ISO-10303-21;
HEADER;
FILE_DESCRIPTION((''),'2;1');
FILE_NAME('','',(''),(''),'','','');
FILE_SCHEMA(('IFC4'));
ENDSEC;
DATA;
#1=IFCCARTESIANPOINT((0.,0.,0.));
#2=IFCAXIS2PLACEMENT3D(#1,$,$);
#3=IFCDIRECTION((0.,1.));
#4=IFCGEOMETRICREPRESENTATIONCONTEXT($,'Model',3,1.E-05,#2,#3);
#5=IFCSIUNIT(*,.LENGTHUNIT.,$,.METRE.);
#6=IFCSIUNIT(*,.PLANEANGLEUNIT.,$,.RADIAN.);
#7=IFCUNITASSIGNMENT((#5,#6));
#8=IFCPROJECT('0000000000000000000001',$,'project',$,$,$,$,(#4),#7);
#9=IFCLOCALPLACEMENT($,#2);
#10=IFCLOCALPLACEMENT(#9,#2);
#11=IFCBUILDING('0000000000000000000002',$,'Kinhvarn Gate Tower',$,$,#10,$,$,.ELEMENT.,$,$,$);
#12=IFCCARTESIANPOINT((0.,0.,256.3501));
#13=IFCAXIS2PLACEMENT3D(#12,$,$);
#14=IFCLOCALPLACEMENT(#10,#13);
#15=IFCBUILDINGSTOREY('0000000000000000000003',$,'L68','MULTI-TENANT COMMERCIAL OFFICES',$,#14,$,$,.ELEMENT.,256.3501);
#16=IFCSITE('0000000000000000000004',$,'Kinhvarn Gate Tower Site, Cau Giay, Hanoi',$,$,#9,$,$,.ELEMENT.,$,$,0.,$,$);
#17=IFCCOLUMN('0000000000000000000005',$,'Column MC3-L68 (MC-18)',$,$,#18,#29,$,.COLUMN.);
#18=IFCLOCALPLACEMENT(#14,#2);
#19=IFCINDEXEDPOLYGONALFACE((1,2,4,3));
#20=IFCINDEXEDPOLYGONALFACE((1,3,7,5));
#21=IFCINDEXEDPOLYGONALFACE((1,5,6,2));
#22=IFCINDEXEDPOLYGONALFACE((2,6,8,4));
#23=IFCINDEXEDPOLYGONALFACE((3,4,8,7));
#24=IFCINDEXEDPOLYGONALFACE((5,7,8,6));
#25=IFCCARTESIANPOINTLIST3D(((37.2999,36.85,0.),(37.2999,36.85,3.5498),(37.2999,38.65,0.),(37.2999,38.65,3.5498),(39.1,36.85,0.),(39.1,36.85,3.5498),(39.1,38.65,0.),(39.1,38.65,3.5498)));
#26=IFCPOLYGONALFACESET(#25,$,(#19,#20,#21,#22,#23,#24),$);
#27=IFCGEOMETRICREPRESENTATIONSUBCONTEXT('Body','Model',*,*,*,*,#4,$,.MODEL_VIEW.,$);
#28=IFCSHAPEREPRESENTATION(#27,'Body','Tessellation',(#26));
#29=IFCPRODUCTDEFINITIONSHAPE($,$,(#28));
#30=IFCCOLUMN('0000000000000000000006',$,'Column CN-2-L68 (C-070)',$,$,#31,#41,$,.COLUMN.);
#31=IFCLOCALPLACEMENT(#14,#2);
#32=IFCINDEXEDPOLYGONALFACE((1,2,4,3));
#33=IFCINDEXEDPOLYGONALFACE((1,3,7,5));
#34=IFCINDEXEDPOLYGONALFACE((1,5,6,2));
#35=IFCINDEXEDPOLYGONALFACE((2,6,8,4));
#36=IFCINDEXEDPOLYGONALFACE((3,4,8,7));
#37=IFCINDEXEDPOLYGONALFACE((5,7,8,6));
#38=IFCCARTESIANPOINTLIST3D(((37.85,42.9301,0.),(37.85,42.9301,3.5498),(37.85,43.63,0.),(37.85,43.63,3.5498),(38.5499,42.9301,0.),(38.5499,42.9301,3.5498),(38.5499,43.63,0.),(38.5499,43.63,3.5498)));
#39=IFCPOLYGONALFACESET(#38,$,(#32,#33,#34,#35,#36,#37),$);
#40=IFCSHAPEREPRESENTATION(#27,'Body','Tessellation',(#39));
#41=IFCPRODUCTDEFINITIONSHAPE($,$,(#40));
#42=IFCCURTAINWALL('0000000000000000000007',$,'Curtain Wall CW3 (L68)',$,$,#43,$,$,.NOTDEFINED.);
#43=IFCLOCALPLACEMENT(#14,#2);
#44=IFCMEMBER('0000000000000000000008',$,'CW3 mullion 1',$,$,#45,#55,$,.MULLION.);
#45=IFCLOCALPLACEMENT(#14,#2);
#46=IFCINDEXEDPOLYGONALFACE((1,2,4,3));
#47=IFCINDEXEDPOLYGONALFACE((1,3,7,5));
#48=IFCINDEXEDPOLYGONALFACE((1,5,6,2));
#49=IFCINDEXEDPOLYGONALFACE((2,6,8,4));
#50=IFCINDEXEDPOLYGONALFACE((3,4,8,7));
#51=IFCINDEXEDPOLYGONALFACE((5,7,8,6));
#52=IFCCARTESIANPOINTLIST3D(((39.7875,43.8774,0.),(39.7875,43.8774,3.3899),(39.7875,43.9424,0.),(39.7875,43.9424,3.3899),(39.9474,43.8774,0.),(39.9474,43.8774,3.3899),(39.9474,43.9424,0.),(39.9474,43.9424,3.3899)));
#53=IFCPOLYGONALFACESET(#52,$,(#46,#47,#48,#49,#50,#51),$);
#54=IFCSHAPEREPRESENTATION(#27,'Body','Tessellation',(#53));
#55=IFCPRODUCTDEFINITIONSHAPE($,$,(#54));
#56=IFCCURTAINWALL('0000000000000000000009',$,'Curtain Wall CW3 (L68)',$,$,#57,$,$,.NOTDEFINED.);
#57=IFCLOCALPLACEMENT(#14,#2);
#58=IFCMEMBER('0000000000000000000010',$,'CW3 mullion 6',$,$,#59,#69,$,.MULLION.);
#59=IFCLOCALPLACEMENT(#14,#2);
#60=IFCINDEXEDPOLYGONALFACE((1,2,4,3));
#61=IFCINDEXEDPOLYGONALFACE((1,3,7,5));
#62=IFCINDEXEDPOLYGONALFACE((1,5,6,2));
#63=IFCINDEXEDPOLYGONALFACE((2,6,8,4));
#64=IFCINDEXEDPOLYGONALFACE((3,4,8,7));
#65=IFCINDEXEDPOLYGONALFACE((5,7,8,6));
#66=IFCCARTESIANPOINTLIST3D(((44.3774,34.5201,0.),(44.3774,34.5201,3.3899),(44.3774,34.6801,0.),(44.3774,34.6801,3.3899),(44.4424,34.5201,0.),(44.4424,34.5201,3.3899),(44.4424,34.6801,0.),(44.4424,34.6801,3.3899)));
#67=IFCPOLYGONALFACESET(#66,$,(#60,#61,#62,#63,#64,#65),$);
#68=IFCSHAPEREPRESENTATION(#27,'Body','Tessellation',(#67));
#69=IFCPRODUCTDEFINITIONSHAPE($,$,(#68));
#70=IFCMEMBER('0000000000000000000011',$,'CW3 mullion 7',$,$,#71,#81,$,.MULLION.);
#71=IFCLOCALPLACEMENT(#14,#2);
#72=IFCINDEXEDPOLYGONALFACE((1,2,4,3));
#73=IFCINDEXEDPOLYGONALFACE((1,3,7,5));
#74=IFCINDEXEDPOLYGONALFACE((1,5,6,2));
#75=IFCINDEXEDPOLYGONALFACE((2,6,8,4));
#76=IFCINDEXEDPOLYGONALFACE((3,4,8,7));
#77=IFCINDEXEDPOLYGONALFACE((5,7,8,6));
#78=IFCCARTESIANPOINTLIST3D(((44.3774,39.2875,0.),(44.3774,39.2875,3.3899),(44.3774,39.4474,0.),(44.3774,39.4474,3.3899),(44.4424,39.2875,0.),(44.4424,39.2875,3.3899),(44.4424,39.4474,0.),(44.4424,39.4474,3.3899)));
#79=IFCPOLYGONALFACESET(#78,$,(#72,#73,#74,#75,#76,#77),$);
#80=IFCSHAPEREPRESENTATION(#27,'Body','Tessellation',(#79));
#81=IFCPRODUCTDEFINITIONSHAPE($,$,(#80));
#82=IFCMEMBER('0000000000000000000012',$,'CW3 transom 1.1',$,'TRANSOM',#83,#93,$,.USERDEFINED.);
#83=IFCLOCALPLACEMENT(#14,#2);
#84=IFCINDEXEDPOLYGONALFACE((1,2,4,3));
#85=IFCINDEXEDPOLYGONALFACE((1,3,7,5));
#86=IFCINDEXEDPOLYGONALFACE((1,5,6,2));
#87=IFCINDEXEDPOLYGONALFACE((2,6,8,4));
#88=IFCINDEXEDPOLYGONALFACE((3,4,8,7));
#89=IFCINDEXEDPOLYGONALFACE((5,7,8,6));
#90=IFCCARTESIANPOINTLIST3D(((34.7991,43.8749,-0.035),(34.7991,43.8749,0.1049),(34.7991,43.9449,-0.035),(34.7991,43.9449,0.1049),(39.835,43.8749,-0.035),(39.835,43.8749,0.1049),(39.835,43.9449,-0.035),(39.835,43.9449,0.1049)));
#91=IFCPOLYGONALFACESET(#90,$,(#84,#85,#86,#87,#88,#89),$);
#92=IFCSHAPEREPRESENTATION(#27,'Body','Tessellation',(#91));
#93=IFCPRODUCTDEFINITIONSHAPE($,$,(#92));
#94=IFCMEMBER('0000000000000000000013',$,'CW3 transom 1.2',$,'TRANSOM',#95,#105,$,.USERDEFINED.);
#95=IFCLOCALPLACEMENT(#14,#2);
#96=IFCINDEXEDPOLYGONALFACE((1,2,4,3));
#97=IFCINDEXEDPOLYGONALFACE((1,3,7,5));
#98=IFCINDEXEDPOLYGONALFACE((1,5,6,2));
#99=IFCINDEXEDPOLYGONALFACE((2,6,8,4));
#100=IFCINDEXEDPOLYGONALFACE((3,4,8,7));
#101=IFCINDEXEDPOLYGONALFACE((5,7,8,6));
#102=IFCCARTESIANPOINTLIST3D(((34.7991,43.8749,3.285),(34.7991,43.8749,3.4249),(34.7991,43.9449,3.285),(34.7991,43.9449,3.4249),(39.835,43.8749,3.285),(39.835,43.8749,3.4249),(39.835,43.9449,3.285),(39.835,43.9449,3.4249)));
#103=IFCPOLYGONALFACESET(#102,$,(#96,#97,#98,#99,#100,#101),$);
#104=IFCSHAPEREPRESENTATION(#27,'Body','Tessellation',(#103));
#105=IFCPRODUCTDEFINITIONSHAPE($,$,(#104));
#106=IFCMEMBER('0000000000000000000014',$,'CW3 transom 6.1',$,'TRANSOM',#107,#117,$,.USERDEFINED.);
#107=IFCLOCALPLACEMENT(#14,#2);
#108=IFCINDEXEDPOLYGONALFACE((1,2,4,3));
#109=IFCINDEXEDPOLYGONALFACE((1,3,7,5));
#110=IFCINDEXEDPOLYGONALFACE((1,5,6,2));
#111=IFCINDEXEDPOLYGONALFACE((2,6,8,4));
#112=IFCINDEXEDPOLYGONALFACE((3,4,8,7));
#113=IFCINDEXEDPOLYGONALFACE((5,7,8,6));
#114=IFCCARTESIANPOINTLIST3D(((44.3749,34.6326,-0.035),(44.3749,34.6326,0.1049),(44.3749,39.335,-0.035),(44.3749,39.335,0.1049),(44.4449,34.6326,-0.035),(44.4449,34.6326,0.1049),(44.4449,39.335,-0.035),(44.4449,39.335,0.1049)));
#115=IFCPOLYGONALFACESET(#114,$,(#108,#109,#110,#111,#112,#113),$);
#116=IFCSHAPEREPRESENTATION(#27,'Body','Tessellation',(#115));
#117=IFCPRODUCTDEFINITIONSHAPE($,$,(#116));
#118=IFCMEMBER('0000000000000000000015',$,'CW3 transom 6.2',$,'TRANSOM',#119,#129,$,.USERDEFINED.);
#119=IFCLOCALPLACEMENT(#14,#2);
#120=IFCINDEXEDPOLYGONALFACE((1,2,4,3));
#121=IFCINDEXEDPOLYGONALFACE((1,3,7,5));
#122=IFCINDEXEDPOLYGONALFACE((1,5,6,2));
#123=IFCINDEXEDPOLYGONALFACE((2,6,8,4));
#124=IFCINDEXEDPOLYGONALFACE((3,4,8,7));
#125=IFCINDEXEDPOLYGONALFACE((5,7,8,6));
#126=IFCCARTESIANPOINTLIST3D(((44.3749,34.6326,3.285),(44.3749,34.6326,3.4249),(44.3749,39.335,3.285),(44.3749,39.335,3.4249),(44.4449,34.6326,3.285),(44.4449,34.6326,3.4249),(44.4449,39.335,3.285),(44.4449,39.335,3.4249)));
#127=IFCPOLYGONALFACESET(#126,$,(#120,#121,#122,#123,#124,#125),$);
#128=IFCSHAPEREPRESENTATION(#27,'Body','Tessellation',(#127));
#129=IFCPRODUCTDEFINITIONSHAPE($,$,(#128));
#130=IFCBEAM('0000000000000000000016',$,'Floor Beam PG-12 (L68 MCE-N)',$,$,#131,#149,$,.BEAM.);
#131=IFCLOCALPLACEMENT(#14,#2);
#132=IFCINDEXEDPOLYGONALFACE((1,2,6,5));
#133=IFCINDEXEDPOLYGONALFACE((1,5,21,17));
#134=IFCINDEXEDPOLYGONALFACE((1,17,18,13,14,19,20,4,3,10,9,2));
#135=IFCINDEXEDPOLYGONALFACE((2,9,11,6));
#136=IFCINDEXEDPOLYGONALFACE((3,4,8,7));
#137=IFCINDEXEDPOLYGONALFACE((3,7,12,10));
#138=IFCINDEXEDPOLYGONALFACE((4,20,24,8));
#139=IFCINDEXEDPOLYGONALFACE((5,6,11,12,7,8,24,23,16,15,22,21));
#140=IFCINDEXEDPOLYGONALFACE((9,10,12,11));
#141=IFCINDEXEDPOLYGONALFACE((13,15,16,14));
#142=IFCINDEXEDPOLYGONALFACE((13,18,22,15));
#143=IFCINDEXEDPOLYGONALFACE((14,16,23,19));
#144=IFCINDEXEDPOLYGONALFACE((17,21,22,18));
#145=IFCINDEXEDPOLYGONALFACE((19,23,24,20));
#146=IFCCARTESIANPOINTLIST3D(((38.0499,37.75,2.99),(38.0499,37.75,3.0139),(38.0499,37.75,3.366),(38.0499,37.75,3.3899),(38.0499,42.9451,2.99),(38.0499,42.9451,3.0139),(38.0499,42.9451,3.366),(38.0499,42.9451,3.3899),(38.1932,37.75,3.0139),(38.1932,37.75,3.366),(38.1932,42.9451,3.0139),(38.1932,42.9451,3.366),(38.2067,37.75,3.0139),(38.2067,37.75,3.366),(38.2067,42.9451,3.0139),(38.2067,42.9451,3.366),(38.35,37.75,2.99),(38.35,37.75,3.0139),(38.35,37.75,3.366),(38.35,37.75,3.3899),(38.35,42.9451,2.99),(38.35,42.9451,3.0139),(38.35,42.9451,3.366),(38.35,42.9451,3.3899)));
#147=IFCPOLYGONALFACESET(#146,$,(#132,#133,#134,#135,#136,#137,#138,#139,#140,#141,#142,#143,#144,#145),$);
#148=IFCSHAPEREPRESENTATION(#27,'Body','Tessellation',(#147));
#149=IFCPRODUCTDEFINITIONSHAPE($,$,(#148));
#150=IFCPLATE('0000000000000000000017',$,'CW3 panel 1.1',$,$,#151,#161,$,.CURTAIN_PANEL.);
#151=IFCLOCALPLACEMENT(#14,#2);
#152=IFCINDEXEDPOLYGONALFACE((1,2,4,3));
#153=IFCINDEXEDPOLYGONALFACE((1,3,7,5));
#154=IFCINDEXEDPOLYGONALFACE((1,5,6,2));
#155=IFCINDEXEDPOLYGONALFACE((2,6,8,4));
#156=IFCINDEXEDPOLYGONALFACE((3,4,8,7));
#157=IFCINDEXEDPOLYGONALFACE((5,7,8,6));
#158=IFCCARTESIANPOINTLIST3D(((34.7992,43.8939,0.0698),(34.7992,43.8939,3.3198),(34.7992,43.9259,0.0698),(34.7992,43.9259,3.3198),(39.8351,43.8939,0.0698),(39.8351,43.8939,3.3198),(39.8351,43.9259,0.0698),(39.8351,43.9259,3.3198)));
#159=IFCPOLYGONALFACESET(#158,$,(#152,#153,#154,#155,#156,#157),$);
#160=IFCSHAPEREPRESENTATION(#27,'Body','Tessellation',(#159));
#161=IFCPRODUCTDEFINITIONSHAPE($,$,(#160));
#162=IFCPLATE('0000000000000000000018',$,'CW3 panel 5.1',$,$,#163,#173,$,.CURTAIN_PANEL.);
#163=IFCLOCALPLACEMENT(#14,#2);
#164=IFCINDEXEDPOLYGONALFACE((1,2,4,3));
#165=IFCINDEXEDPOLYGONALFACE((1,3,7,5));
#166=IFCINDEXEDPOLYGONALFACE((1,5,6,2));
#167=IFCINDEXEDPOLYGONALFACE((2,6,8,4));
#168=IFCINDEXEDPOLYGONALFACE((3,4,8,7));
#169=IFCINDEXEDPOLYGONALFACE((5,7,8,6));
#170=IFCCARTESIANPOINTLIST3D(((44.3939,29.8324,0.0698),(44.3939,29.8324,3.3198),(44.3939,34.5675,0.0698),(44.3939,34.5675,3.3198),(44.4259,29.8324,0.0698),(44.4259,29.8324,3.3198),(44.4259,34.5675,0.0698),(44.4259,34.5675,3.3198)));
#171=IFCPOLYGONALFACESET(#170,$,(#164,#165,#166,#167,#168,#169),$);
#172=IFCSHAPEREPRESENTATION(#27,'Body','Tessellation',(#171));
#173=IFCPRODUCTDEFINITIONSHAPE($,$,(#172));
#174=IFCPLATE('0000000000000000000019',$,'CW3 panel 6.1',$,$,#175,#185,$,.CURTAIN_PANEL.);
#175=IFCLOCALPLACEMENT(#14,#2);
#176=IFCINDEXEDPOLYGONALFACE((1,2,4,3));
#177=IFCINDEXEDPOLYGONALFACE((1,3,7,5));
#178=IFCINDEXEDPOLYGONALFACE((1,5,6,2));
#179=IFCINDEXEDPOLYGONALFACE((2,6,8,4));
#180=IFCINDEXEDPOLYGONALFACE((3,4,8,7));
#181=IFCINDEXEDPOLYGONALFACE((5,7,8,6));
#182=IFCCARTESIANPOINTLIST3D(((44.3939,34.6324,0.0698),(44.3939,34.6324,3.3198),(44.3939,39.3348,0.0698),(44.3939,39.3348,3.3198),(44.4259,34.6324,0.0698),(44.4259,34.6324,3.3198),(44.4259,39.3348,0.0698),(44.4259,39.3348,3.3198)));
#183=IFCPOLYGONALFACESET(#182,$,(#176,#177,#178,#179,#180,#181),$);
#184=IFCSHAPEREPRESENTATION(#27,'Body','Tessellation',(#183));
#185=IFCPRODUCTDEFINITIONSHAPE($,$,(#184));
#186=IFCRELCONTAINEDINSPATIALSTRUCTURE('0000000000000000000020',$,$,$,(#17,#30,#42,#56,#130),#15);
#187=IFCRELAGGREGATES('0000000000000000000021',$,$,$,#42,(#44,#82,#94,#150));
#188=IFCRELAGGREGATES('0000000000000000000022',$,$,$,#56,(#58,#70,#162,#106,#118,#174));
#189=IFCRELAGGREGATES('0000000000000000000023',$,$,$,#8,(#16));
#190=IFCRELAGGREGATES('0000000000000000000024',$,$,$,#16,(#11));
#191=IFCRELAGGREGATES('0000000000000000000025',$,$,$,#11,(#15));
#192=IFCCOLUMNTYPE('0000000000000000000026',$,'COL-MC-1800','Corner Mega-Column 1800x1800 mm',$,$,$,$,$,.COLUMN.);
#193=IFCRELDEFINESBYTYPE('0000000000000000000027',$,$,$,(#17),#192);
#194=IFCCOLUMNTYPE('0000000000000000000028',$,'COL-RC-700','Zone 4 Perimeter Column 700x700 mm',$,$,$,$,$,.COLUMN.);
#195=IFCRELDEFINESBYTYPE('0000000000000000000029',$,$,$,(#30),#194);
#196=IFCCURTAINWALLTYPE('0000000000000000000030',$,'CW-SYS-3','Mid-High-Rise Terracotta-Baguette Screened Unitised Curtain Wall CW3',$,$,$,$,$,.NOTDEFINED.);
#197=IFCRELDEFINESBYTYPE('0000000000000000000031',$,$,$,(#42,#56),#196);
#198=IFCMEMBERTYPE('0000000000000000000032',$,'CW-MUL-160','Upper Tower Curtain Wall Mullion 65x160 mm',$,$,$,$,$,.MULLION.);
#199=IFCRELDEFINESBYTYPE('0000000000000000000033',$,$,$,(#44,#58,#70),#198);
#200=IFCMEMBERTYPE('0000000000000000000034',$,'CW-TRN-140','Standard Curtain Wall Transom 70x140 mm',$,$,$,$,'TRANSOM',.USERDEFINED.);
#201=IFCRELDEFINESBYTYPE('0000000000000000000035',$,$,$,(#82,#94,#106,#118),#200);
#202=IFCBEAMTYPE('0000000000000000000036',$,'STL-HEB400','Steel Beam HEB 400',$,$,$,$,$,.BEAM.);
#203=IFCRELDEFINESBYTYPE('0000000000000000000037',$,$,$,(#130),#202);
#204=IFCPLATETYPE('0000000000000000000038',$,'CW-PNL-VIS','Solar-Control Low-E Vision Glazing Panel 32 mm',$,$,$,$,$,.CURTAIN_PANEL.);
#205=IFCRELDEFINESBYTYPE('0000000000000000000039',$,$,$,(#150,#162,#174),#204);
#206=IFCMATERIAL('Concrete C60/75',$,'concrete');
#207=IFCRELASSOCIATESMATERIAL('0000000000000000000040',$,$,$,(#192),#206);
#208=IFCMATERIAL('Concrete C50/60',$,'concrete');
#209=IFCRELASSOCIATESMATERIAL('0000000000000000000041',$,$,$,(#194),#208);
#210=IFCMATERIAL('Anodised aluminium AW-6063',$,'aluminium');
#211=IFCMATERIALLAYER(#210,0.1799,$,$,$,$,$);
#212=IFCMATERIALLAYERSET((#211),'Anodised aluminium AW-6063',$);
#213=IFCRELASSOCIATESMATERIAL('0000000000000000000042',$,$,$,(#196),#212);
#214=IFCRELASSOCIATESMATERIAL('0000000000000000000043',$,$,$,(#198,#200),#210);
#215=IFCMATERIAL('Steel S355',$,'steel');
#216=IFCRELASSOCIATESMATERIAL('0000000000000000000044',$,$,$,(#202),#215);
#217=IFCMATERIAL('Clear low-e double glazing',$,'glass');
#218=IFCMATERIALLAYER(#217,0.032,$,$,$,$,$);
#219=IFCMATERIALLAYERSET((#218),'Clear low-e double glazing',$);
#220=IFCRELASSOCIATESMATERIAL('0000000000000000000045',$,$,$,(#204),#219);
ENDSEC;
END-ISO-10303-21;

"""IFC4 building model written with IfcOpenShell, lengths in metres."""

from ifc_helpers import new_model, si_unit, direction, frame, origin, origin_2d, place, context, subcontext, project, spatial, rectangle, i_section, extrude, material, layer, layer_set, material_profile, profile_set, type_object, element, aggregate, save


model = new_model("IFC4")

# Units and contexts
model_context = context("Model", 3, precision=1e-05, world=origin(), true_north=direction((0.0, 1.0)))
body_context = subcontext(model_context, "Body", "Model", "MODEL_VIEW")
ifc_project = project(units=[si_unit("LENGTHUNIT", "METRE"), si_unit("PLANEANGLEUNIT", "RADIAN")], contexts=[model_context])

# Site, building, storey
site_placement = place(None, origin())
site = spatial("IfcSite", under=ifc_project, at=site_placement, Name="Kinhvarn Gate Tower Site, Cau Giay, Hanoi", CompositionType="ELEMENT", RefElevation=0.0)
building_placement = place(site_placement, origin())
building = spatial("IfcBuilding", under=site, at=building_placement, Name="Kinhvarn Gate Tower", CompositionType="ELEMENT")
storey_placement = place(building_placement, frame((0.0, 0.0, 256.3501)))
storey = spatial("IfcBuildingStorey", under=building, at=storey_placement, Name="L68", Description="MULTI-TENANT COMMERCIAL OFFICES", CompositionType="ELEMENT", Elevation=256.3501)

# Columns
ifc_material_1 = material(Name="Concrete C60/75", Category="concrete")
ifc_material_profile_1 = material_profile(ifc_material_1, rectangle(XDim=1.8, YDim=1.8, at=origin_2d()), Name="RC 1800x1800")
ifc_profile_set_1 = profile_set([ifc_material_profile_1], Name="Concrete C60/75")
column_type_1 = type_object("IfcColumnType", Name="COL-MC-1800", Description="Corner Mega-Column 1800x1800 mm", PredefinedType="COLUMN", material=ifc_profile_set_1)
column_1_placement = place(storey_placement, frame((38.2, 37.75, 0.0), z_axis=(0.0, 0.0, 1.0), x_axis=(1.0, 0.0, 0.0)))
element("IfcColumn", 1, at=column_1_placement, inside=storey, type_object=column_type_1, Name="Column MC3-L68 (MC-18)", PredefinedType="COLUMN", context=body_context, shape_type="SweptSolid", body=[
    extrude(rectangle(XDim=1.8, YDim=1.8, at=origin_2d()), origin(), (0.0, 0.0, 1.0), 3.5498),
])
ifc_material_2 = material(Name="Concrete C50/60", Category="concrete")
ifc_material_profile_2 = material_profile(ifc_material_2, rectangle(XDim=0.7, YDim=0.7, at=origin_2d()), Name="RC 700x700")
ifc_profile_set_2 = profile_set([ifc_material_profile_2], Name="Concrete C50/60")
column_type_2 = type_object("IfcColumnType", Name="COL-RC-700", Description="Zone 4 Perimeter Column 700x700 mm", PredefinedType="COLUMN", material=ifc_profile_set_2)
column_2_placement = place(storey_placement, frame((38.2, 43.28, 0.0), z_axis=(0.0, 0.0, 1.0), x_axis=(1.0, 0.0, 0.0)))
element("IfcColumn", 2, at=column_2_placement, inside=storey, type_object=column_type_2, Name="Column CN-2-L68 (C-070)", PredefinedType="COLUMN", context=body_context, shape_type="SweptSolid", body=[
    extrude(rectangle(XDim=0.7, YDim=0.7, at=origin_2d()), origin(), (0.0, 0.0, 1.0), 3.5498),
])

# Curtain wall, member
ifc_material_3 = material(Name="Anodised aluminium AW-6063", Category="aluminium")
ifc_layer_1 = layer(ifc_material_3, 0.1799)
ifc_layer_set_1 = layer_set([ifc_layer_1], Name="Anodised aluminium AW-6063")
curtain_wall_type = type_object("IfcCurtainWallType", Name="CW-SYS-3", Description="Mid-High-Rise Terracotta-Baguette Screened Unitised Curtain Wall CW3", PredefinedType="NOTDEFINED", material=ifc_layer_set_1)
curtain_wall_1_placement = place(storey_placement, origin())
curtain_wall_1 = element("IfcCurtainWall", 3, at=curtain_wall_1_placement, inside=storey, type_object=curtain_wall_type, Name="Curtain Wall CW3 (L68)", PredefinedType="NOTDEFINED")
ifc_material_profile_3 = material_profile(ifc_material_3, rectangle(XDim=0.0649, YDim=0.1599, at=origin_2d()), Name="ALU 65x160")
ifc_profile_set_3 = profile_set([ifc_material_profile_3], Name="Anodised aluminium AW-6063")
member_type_1 = type_object("IfcMemberType", Name="CW-MUL-160", Description="Upper Tower Curtain Wall Mullion 65x160 mm", PredefinedType="MULLION", material=ifc_profile_set_3)
member_1_placement = place(storey_placement, frame((39.8674, 43.9099, 0.0), z_axis=(0.0, 0.0, 1.0), x_axis=(0.0, -1.0, 0.0)))
member_1 = element("IfcMember", 4, at=member_1_placement, type_object=member_type_1, Name="CW3 mullion 1", PredefinedType="MULLION", context=body_context, shape_type="SweptSolid", body=[
    extrude(rectangle(XDim=0.0649, YDim=0.1599, at=origin_2d()), origin(), (0.0, 0.0, 1.0), 3.3899),
])

# Curtain wall, members
curtain_wall_2_placement = place(storey_placement, origin())
curtain_wall_2 = element("IfcCurtainWall", 5, at=curtain_wall_2_placement, inside=storey, type_object=curtain_wall_type, Name="Curtain Wall CW3 (L68)", PredefinedType="NOTDEFINED")
member_2_placement = place(storey_placement, frame((44.4099, 34.6001, 0.0), z_axis=(0.0, 0.0, 1.0), x_axis=(-1.0, 0.0, 0.0)))
member_2 = element("IfcMember", 6, at=member_2_placement, type_object=member_type_1, Name="CW3 mullion 6", PredefinedType="MULLION", context=body_context, shape_type="SweptSolid", body=[
    extrude(rectangle(XDim=0.0649, YDim=0.1599, at=origin_2d()), origin(), (0.0, 0.0, 1.0), 3.3899),
])
member_3_placement = place(storey_placement, frame((44.4099, 39.3674, 0.0), z_axis=(0.0, 0.0, 1.0), x_axis=(-1.0, 0.0, 0.0)))
member_3 = element("IfcMember", 7, at=member_3_placement, type_object=member_type_1, Name="CW3 mullion 7", PredefinedType="MULLION", context=body_context, shape_type="SweptSolid", body=[
    extrude(rectangle(XDim=0.0649, YDim=0.1599, at=origin_2d()), origin(), (0.0, 0.0, 1.0), 3.3899),
])

# Members
ifc_material_profile_4 = material_profile(ifc_material_3, rectangle(XDim=0.0701, YDim=0.1399, at=origin_2d()), Name="ALU 70x140")
ifc_profile_set_4 = profile_set([ifc_material_profile_4], Name="Anodised aluminium AW-6063")
member_type_2 = type_object("IfcMemberType", Name="CW-TRN-140", Description="Standard Curtain Wall Transom 70x140 mm", ElementType="TRANSOM", PredefinedType="USERDEFINED", material=ifc_profile_set_4)
member_4_placement = place(storey_placement, frame((39.835, 43.9099, 0.0349), z_axis=(-1.0, 0.0, 0.0), x_axis=(0.0, -1.0, 0.0)))
member_4 = element("IfcMember", 8, at=member_4_placement, type_object=member_type_2, Name="CW3 transom 1.1", ObjectType="TRANSOM", PredefinedType="USERDEFINED", context=body_context, shape_type="SweptSolid", body=[
    extrude(rectangle(XDim=0.0701, YDim=0.1399, at=origin_2d()), origin(), (0.0, 0.0, 1.0), 5.0359),
])
member_5_placement = place(storey_placement, frame((39.835, 43.9099, 3.355), z_axis=(-1.0, 0.0, 0.0), x_axis=(0.0, -1.0, 0.0)))
member_5 = element("IfcMember", 9, at=member_5_placement, type_object=member_type_2, Name="CW3 transom 1.2", ObjectType="TRANSOM", PredefinedType="USERDEFINED", context=body_context, shape_type="SweptSolid", body=[
    extrude(rectangle(XDim=0.0701, YDim=0.1399, at=origin_2d()), origin(), (0.0, 0.0, 1.0), 5.0359),
])
member_6_placement = place(storey_placement, frame((44.4099, 34.6326, 0.0349), z_axis=(0.0, 1.0, 0.0), x_axis=(-1.0, 0.0, 0.0)))
member_6 = element("IfcMember", 10, at=member_6_placement, type_object=member_type_2, Name="CW3 transom 6.1", ObjectType="TRANSOM", PredefinedType="USERDEFINED", context=body_context, shape_type="SweptSolid", body=[
    extrude(rectangle(XDim=0.0701, YDim=0.1399, at=origin_2d()), origin(), (0.0, 0.0, 1.0), 4.7024),
])
member_7_placement = place(storey_placement, frame((44.4099, 34.6326, 3.355), z_axis=(0.0, 1.0, 0.0), x_axis=(-1.0, 0.0, 0.0)))
member_7 = element("IfcMember", 11, at=member_7_placement, type_object=member_type_2, Name="CW3 transom 6.2", ObjectType="TRANSOM", PredefinedType="USERDEFINED", context=body_context, shape_type="SweptSolid", body=[
    extrude(rectangle(XDim=0.0701, YDim=0.1399, at=origin_2d()), origin(), (0.0, 0.0, 1.0), 4.7024),
])

# Beam
ifc_material_4 = material(Name="Steel S355", Category="steel")
ifc_material_profile_5 = material_profile(ifc_material_4, i_section(OverallWidth=0.3, OverallDepth=0.3999, WebThickness=0.0134, FlangeThickness=0.0239, at=origin_2d()), Name="HEB 400")
ifc_profile_set_5 = profile_set([ifc_material_profile_5], Name="Steel S355")
beam_type = type_object("IfcBeamType", Name="STL-HEB400", Description="Steel Beam HEB 400", PredefinedType="BEAM", material=ifc_profile_set_5)
beam_placement = place(storey_placement, frame((38.2, 37.75, 3.1899), z_axis=(0.0, 1.0, 0.0), x_axis=(-1.0, 0.0, 0.0)))
element("IfcBeam", 12, at=beam_placement, inside=storey, type_object=beam_type, Name="Floor Beam PG-12 (L68 MCE-N)", PredefinedType="BEAM", context=body_context, shape_type="SweptSolid", body=[
    extrude(i_section(OverallWidth=0.3, OverallDepth=0.3999, WebThickness=0.0134, FlangeThickness=0.0239, at=origin_2d()), origin(), (0.0, 0.0, 1.0), 5.1951),
])

# Plates
ifc_material_5 = material(Name="Clear low-e double glazing", Category="glass")
ifc_layer_2 = layer(ifc_material_5, 0.032)
ifc_layer_set_2 = layer_set([ifc_layer_2], Name="Clear low-e double glazing")
plate_type = type_object("IfcPlateType", Name="CW-PNL-VIS", Description="Solar-Control Low-E Vision Glazing Panel 32 mm", PredefinedType="CURTAIN_PANEL", material=ifc_layer_set_2)
plate_1_placement = place(storey_placement, frame((37.3171, 43.9099, 0.0698), z_axis=(0.0, 0.0, 1.0), x_axis=(-1.0, 0.0, 0.0)))
plate_1 = element("IfcPlate", 13, at=plate_1_placement, type_object=plate_type, Name="CW3 panel 1.1", PredefinedType="CURTAIN_PANEL", context=body_context, shape_type="SweptSolid", body=[
    extrude(rectangle(XDim=5.0359, YDim=0.032, at=origin_2d()), origin(), (0.0, 0.0, 1.0), 3.25),
])
aggregate(curtain_wall_1, [member_1, member_4, member_5, plate_1])
plate_2_placement = place(storey_placement, frame((44.4099, 32.2, 0.0698), z_axis=(0.0, 0.0, 1.0), x_axis=(0.0, 1.0, 0.0)))
plate_2 = element("IfcPlate", 14, at=plate_2_placement, type_object=plate_type, Name="CW3 panel 5.1", PredefinedType="CURTAIN_PANEL", context=body_context, shape_type="SweptSolid", body=[
    extrude(rectangle(XDim=4.7351, YDim=0.032, at=origin_2d()), origin(), (0.0, 0.0, 1.0), 3.25),
])
plate_3_placement = place(storey_placement, frame((44.4099, 36.9836, 0.0698), z_axis=(0.0, 0.0, 1.0), x_axis=(0.0, 1.0, 0.0)))
plate_3 = element("IfcPlate", 15, at=plate_3_placement, type_object=plate_type, Name="CW3 panel 6.1", PredefinedType="CURTAIN_PANEL", context=body_context, shape_type="SweptSolid", body=[
    extrude(rectangle(XDim=4.7024, YDim=0.032, at=origin_2d()), origin(), (0.0, 0.0, 1.0), 3.25),
])
aggregate(curtain_wall_2, [member_2, member_3, plate_2, member_6, member_7, plate_3])

save(model, "model.ifc")
